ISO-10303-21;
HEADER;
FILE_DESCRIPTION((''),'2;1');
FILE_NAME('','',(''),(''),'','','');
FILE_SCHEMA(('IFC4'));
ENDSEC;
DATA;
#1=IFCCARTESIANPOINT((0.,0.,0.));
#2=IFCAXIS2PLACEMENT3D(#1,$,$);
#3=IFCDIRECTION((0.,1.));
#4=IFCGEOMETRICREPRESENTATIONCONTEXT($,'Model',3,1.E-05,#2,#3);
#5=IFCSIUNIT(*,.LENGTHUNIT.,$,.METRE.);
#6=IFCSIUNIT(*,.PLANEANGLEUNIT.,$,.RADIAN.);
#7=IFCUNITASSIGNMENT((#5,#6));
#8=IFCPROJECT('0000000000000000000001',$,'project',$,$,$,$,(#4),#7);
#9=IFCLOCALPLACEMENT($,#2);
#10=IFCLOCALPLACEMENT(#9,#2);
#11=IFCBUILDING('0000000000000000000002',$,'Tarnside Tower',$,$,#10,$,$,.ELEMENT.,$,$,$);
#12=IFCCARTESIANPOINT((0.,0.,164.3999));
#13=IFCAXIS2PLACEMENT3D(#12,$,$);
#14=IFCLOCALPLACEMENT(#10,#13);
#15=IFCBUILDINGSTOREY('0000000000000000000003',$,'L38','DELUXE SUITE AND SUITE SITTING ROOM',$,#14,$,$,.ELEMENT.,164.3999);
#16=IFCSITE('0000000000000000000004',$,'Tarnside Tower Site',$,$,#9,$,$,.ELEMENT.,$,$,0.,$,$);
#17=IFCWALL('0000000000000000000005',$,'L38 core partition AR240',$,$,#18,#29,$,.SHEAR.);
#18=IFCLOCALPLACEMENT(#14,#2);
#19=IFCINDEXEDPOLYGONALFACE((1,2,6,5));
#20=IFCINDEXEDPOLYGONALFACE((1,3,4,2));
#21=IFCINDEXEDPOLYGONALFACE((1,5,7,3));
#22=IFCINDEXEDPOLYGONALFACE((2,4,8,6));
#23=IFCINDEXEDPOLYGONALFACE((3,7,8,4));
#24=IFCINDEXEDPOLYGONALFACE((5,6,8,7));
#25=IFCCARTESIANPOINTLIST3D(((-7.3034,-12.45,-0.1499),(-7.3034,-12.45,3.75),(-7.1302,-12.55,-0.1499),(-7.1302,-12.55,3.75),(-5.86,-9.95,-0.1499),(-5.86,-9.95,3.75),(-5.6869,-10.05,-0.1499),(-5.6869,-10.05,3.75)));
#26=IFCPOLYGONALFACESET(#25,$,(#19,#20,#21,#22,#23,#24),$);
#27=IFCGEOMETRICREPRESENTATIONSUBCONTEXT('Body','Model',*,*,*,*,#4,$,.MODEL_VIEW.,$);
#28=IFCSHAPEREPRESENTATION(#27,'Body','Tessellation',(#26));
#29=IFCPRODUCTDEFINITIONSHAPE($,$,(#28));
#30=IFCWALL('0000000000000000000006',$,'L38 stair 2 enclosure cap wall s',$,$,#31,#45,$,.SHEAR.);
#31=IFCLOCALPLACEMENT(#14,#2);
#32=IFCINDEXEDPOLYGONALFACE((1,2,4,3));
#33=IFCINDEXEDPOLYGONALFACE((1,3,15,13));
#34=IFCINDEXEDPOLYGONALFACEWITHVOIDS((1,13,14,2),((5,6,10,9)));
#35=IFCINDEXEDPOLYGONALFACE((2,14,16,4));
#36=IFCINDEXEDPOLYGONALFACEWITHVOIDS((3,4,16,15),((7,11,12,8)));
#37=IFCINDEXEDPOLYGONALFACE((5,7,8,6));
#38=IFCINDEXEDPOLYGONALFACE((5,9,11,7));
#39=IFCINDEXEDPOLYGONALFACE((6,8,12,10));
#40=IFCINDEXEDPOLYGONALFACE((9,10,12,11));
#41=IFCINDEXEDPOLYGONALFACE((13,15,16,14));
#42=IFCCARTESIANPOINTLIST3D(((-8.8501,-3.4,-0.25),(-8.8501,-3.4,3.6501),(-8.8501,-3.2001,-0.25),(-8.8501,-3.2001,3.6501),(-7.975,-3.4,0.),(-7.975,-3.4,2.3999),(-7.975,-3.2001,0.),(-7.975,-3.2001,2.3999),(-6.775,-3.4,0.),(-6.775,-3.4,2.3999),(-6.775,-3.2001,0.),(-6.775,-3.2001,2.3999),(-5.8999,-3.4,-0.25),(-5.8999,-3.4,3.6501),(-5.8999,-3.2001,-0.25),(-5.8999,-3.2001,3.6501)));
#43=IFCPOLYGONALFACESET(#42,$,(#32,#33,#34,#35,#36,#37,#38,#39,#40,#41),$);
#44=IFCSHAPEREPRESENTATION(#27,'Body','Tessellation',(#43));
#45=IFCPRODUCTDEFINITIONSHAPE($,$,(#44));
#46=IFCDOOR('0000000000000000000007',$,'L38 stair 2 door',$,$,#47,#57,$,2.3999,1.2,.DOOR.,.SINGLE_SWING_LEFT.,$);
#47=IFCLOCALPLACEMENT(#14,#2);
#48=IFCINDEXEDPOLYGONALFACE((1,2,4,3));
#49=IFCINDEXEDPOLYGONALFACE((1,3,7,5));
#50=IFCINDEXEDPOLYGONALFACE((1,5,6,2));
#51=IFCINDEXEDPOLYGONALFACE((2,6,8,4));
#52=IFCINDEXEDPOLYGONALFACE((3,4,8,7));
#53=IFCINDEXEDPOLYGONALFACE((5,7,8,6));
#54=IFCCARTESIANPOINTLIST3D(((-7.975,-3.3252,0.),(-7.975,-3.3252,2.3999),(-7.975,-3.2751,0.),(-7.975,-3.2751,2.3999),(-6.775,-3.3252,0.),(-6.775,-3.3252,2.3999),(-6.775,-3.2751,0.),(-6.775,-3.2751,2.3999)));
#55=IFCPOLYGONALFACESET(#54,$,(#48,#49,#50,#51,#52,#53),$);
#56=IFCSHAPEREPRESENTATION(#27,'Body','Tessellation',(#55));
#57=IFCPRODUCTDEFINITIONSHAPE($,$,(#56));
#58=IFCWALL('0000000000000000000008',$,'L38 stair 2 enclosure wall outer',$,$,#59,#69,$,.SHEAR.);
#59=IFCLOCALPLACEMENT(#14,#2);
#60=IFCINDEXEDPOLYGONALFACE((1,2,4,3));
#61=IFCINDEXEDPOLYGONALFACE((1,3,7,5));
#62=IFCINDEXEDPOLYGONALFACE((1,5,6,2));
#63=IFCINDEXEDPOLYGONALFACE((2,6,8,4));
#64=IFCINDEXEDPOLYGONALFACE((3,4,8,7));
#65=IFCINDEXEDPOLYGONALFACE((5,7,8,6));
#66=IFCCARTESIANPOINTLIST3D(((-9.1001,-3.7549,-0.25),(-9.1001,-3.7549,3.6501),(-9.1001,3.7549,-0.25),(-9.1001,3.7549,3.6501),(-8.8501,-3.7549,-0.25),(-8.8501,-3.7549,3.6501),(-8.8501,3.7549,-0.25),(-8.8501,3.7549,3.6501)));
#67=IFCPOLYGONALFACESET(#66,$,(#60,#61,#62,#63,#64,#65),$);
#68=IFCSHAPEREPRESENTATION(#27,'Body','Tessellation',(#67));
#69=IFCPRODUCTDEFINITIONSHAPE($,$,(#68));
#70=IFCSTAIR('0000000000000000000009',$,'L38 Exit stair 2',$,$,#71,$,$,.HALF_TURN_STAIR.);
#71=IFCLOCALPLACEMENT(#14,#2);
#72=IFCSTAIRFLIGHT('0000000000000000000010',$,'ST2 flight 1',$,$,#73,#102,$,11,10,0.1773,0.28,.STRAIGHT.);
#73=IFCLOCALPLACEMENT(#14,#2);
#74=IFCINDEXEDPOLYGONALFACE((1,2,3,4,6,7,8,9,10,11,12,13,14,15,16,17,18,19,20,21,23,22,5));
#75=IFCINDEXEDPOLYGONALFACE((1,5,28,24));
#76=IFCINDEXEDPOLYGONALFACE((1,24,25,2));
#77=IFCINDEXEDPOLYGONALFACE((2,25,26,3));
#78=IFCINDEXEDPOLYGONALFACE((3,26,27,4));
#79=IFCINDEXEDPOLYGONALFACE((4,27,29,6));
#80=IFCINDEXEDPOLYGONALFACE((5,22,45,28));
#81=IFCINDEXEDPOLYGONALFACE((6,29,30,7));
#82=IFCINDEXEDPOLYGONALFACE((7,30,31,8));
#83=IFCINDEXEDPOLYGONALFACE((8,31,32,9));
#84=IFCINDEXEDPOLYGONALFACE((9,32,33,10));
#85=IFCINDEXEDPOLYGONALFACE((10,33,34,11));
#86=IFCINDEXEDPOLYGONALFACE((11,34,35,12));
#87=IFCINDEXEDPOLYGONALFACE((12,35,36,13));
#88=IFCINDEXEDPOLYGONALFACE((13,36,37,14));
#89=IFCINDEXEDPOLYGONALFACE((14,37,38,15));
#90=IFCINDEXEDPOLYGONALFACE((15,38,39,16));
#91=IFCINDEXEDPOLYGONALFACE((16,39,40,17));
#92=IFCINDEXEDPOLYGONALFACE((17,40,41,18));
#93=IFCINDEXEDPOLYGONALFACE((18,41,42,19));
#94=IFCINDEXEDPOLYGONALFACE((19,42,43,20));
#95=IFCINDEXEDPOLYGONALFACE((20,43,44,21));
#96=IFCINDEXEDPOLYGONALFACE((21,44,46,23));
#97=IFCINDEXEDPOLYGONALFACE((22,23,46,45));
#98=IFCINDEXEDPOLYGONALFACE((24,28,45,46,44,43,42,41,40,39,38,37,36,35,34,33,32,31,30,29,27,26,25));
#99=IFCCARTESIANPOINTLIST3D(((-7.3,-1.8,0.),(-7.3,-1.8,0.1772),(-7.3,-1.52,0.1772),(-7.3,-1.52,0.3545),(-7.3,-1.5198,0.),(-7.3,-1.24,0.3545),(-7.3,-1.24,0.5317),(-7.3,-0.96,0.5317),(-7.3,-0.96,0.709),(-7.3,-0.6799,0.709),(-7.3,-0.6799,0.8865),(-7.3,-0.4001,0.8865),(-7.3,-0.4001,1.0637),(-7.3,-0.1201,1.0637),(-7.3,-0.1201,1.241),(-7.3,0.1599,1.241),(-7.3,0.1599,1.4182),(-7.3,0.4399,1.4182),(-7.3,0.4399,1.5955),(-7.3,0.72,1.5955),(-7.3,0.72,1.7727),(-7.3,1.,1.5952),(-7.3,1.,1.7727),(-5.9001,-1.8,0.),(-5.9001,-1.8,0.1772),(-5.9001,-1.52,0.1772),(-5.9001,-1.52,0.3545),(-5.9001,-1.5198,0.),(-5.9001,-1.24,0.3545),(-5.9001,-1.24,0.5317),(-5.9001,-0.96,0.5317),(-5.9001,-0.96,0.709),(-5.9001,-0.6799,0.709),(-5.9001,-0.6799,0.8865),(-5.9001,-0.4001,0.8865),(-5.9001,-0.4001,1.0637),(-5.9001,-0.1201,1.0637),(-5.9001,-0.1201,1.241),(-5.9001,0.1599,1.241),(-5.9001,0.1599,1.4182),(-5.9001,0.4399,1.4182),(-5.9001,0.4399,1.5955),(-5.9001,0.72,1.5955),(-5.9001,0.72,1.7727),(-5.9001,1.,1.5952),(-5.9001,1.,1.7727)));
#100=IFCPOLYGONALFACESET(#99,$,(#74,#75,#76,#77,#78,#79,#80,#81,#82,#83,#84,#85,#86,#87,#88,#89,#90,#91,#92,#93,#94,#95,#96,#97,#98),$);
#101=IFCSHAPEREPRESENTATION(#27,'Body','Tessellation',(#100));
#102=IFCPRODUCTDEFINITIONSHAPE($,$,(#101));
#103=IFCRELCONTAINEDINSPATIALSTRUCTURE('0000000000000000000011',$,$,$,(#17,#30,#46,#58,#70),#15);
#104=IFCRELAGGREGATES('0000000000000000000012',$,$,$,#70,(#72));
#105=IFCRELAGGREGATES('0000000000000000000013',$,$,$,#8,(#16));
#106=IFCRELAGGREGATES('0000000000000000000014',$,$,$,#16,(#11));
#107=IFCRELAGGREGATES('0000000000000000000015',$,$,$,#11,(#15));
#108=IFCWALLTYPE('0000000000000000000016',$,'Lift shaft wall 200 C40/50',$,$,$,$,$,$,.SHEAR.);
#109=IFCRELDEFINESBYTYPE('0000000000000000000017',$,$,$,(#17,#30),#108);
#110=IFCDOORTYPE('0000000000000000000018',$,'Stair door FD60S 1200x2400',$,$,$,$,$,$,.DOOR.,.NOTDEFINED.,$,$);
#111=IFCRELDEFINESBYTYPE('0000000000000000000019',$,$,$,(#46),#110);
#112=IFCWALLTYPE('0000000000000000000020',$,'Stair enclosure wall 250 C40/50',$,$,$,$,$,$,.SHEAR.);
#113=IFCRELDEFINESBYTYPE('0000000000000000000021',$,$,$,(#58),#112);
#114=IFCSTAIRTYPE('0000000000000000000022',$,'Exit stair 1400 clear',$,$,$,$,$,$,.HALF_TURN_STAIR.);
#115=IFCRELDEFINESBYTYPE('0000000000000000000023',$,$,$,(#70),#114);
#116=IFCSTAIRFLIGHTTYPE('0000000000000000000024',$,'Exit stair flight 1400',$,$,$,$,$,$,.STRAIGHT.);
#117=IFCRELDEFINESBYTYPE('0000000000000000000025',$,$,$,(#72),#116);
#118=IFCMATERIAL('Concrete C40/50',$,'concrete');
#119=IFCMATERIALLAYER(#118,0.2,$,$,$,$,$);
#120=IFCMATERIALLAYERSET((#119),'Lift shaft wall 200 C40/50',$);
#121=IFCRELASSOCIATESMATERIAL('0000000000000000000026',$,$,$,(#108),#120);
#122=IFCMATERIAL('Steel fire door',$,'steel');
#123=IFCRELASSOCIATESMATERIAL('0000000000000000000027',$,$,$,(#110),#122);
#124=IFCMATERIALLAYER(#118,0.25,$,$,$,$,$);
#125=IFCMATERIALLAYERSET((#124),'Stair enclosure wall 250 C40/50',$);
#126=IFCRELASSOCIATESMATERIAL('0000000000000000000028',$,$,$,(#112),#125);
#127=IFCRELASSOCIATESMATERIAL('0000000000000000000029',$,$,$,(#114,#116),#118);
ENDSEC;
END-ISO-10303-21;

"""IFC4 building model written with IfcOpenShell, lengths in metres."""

from ifc_helpers import new_model, si_unit, direction, frame, frame_2d, origin, place, context, subcontext, project, spatial, polyline, rectangle, outline, extrude, material, layer, layer_set, type_object, element, fill, aggregate, save


model = new_model("IFC4")

# Units and contexts
model_context = context("Model", 3, precision=1e-05, world=origin(), true_north=direction((0.0, 1.0)))
body_context = subcontext(model_context, "Body", "Model", "MODEL_VIEW")
ifc_project = project(units=[si_unit("LENGTHUNIT", "METRE"), si_unit("PLANEANGLEUNIT", "RADIAN")], contexts=[model_context])

# Site, building, storey
site_placement = place(None, origin())
site = spatial("IfcSite", under=ifc_project, at=site_placement, Name="Tarnside Tower Site", CompositionType="ELEMENT", RefElevation=0.0)
building_placement = place(site_placement, origin())
building = spatial("IfcBuilding", under=site, at=building_placement, Name="Tarnside Tower", CompositionType="ELEMENT")
storey_placement = place(building_placement, frame((0.0, 0.0, 164.3999)))
storey = spatial("IfcBuildingStorey", under=building, at=storey_placement, Name="L38", Description="DELUXE SUITE AND SUITE SITTING ROOM", CompositionType="ELEMENT", Elevation=164.3999)

# Shared definitions
ifc_material_1 = material(Name="Steel fire door", Category="steel")

# Wall
ifc_material_2 = material(Name="Concrete C40/50", Category="concrete")
ifc_layer_1 = layer(ifc_material_2, 0.2)
ifc_layer_set_1 = layer_set([ifc_layer_1], Name="Lift shaft wall 200 C40/50")
wall_type_1 = type_object("IfcWallType", Name="Lift shaft wall 200 C40/50", PredefinedType="SHEAR", material=ifc_layer_set_1)
wall_1_placement = place(storey_placement, frame((-5.7734, -10.0, -0.1499), z_axis=(0.0, 0.0, 1.0), x_axis=(-0.499996, -0.866028, 0.0)))
element("IfcWall", 1, at=wall_1_placement, inside=storey, type_object=wall_type_1, Name="L38 core partition AR240", PredefinedType="SHEAR", context=body_context, shape_type="SweptSolid", body=[
    extrude(rectangle(XDim=2.8867, YDim=0.2, at=frame_2d((1.4434, 0.0))), origin(), (0.0, 0.0, 1.0), 3.8999),
])

# Wall, opening, door
wall_2_placement = place(storey_placement, frame((-8.8501, -3.3, -0.25), z_axis=(0.0, 0.0, 1.0), x_axis=(1.0, 0.0, 0.0)))
wall_2 = element("IfcWall", 2, at=wall_2_placement, inside=storey, type_object=wall_type_1, Name="L38 stair 2 enclosure cap wall s", PredefinedType="SHEAR", context=body_context, shape_type="SweptSolid", body=[
    extrude(rectangle(XDim=2.9502, YDim=0.2, at=frame_2d((1.4751, 0.0))), origin(), (0.0, 0.0, 1.0), 3.9001),
])
opening_1_placement = place(wall_2_placement, frame((0.875, 0.0, 0.25)))
opening_1 = element("IfcOpeningElement", 3, at=opening_1_placement, cuts=wall_2, PredefinedType="OPENING", context=body_context, shape_type="SweptSolid", body=[
    extrude(rectangle(XDim=1.2, YDim=2.3999, at=frame_2d((0.6001, 1.2))), frame((0.0, 0.1099, 0.0), z_axis=(0.0, -1.0, 0.0), x_axis=(1.0, 0.0, 0.0)), (0.0, 0.0, 1.0), 0.22),
])
door_type_1 = type_object("IfcDoorType", Name="Stair door FD60S 1200x2400", OperationType="NOTDEFINED", PredefinedType="DOOR", material=ifc_material_1)
door_1_placement = place(opening_1_placement, origin())
door_1 = element("IfcDoor", 4, at=door_1_placement, inside=storey, type_object=door_type_1, Name="L38 stair 2 door", OperationType="SINGLE_SWING_LEFT", OverallHeight=2.3999, OverallWidth=1.2, PredefinedType="DOOR", context=body_context, shape_type="SweptSolid", body=[
    extrude(rectangle(XDim=1.2, YDim=2.3999, at=frame_2d((0.6001, 1.2))), frame((0.0, 0.0249, 0.0), z_axis=(0.0, -1.0, 0.0), x_axis=(1.0, 0.0, 0.0)), (0.0, 0.0, 1.0), 0.05),
])
fill(opening_1, door_1)

# Wall
ifc_layer_2 = layer(ifc_material_2, 0.25)
ifc_layer_set_2 = layer_set([ifc_layer_2], Name="Stair enclosure wall 250 C40/50")
wall_type_2 = type_object("IfcWallType", Name="Stair enclosure wall 250 C40/50", PredefinedType="SHEAR", material=ifc_layer_set_2)
wall_3_placement = place(storey_placement, frame((-8.9751, -3.7549, -0.25), z_axis=(0.0, 0.0, 1.0), x_axis=(0.0, 1.0, 0.0)))
element("IfcWall", 5, at=wall_3_placement, inside=storey, type_object=wall_type_2, Name="L38 stair 2 enclosure wall outer", PredefinedType="SHEAR", context=body_context, shape_type="SweptSolid", body=[
    extrude(rectangle(XDim=7.5098, YDim=0.25, at=frame_2d((3.7549, 0.0))), origin(), (0.0, 0.0, 1.0), 3.9001),
])

# Stair, stair flight
stair_type = type_object("IfcStairType", Name="Exit stair 1400 clear", PredefinedType="HALF_TURN_STAIR", material=ifc_material_2)
stair_placement = place(storey_placement, origin())
stair = element("IfcStair", 6, at=stair_placement, inside=storey, type_object=stair_type, Name="L38 Exit stair 2", PredefinedType="HALF_TURN_STAIR")
stair_flight_type = type_object("IfcStairFlightType", Name="Exit stair flight 1400", PredefinedType="STRAIGHT", material=ifc_material_2)
stair_flight_placement = place(storey_placement, frame((-6.6001, -1.8, 0.0), z_axis=(0.0, 0.0, 1.0), x_axis=(0.0, 1.0, 0.0)))
stair_flight = element("IfcStairFlight", 7, at=stair_flight_placement, type_object=stair_flight_type, Name="ST2 flight 1", NumberOfRisers=11, NumberOfTreads=10, PredefinedType="STRAIGHT", RiserHeight=0.1773, TreadLength=0.28, context=body_context, shape_type="SweptSolid", body=[
    extrude(outline(polyline([(0.0, 0.0), (0.0, 0.1772), (0.28, 0.1772), (0.28, 0.3545), (0.5601, 0.3545), (0.5601, 0.5317), (0.8401, 0.5317), (0.8401, 0.709), (1.1201, 0.709), (1.1201, 0.8865), (1.3999, 0.8865), (1.3999, 1.0637), (1.6799, 1.0637), (1.6799, 1.241), (1.96, 1.241), (1.96, 1.4182), (2.24, 1.4182), (2.24, 1.5955), (2.52, 1.5955), (2.52, 1.7727), (2.8, 1.7727), (2.8, 1.95), (2.8, 1.5952), (0.2803, 0.0), (0.0, 0.0)])), frame((0.0, 0.7, 0.0), z_axis=(0.0, -1.0, 0.0), x_axis=(1.0, 0.0, 0.0)), (0.0, 0.0, 1.0), 1.3999),
])
aggregate(stair, [stair_flight])

save(model, "model.ifc")
